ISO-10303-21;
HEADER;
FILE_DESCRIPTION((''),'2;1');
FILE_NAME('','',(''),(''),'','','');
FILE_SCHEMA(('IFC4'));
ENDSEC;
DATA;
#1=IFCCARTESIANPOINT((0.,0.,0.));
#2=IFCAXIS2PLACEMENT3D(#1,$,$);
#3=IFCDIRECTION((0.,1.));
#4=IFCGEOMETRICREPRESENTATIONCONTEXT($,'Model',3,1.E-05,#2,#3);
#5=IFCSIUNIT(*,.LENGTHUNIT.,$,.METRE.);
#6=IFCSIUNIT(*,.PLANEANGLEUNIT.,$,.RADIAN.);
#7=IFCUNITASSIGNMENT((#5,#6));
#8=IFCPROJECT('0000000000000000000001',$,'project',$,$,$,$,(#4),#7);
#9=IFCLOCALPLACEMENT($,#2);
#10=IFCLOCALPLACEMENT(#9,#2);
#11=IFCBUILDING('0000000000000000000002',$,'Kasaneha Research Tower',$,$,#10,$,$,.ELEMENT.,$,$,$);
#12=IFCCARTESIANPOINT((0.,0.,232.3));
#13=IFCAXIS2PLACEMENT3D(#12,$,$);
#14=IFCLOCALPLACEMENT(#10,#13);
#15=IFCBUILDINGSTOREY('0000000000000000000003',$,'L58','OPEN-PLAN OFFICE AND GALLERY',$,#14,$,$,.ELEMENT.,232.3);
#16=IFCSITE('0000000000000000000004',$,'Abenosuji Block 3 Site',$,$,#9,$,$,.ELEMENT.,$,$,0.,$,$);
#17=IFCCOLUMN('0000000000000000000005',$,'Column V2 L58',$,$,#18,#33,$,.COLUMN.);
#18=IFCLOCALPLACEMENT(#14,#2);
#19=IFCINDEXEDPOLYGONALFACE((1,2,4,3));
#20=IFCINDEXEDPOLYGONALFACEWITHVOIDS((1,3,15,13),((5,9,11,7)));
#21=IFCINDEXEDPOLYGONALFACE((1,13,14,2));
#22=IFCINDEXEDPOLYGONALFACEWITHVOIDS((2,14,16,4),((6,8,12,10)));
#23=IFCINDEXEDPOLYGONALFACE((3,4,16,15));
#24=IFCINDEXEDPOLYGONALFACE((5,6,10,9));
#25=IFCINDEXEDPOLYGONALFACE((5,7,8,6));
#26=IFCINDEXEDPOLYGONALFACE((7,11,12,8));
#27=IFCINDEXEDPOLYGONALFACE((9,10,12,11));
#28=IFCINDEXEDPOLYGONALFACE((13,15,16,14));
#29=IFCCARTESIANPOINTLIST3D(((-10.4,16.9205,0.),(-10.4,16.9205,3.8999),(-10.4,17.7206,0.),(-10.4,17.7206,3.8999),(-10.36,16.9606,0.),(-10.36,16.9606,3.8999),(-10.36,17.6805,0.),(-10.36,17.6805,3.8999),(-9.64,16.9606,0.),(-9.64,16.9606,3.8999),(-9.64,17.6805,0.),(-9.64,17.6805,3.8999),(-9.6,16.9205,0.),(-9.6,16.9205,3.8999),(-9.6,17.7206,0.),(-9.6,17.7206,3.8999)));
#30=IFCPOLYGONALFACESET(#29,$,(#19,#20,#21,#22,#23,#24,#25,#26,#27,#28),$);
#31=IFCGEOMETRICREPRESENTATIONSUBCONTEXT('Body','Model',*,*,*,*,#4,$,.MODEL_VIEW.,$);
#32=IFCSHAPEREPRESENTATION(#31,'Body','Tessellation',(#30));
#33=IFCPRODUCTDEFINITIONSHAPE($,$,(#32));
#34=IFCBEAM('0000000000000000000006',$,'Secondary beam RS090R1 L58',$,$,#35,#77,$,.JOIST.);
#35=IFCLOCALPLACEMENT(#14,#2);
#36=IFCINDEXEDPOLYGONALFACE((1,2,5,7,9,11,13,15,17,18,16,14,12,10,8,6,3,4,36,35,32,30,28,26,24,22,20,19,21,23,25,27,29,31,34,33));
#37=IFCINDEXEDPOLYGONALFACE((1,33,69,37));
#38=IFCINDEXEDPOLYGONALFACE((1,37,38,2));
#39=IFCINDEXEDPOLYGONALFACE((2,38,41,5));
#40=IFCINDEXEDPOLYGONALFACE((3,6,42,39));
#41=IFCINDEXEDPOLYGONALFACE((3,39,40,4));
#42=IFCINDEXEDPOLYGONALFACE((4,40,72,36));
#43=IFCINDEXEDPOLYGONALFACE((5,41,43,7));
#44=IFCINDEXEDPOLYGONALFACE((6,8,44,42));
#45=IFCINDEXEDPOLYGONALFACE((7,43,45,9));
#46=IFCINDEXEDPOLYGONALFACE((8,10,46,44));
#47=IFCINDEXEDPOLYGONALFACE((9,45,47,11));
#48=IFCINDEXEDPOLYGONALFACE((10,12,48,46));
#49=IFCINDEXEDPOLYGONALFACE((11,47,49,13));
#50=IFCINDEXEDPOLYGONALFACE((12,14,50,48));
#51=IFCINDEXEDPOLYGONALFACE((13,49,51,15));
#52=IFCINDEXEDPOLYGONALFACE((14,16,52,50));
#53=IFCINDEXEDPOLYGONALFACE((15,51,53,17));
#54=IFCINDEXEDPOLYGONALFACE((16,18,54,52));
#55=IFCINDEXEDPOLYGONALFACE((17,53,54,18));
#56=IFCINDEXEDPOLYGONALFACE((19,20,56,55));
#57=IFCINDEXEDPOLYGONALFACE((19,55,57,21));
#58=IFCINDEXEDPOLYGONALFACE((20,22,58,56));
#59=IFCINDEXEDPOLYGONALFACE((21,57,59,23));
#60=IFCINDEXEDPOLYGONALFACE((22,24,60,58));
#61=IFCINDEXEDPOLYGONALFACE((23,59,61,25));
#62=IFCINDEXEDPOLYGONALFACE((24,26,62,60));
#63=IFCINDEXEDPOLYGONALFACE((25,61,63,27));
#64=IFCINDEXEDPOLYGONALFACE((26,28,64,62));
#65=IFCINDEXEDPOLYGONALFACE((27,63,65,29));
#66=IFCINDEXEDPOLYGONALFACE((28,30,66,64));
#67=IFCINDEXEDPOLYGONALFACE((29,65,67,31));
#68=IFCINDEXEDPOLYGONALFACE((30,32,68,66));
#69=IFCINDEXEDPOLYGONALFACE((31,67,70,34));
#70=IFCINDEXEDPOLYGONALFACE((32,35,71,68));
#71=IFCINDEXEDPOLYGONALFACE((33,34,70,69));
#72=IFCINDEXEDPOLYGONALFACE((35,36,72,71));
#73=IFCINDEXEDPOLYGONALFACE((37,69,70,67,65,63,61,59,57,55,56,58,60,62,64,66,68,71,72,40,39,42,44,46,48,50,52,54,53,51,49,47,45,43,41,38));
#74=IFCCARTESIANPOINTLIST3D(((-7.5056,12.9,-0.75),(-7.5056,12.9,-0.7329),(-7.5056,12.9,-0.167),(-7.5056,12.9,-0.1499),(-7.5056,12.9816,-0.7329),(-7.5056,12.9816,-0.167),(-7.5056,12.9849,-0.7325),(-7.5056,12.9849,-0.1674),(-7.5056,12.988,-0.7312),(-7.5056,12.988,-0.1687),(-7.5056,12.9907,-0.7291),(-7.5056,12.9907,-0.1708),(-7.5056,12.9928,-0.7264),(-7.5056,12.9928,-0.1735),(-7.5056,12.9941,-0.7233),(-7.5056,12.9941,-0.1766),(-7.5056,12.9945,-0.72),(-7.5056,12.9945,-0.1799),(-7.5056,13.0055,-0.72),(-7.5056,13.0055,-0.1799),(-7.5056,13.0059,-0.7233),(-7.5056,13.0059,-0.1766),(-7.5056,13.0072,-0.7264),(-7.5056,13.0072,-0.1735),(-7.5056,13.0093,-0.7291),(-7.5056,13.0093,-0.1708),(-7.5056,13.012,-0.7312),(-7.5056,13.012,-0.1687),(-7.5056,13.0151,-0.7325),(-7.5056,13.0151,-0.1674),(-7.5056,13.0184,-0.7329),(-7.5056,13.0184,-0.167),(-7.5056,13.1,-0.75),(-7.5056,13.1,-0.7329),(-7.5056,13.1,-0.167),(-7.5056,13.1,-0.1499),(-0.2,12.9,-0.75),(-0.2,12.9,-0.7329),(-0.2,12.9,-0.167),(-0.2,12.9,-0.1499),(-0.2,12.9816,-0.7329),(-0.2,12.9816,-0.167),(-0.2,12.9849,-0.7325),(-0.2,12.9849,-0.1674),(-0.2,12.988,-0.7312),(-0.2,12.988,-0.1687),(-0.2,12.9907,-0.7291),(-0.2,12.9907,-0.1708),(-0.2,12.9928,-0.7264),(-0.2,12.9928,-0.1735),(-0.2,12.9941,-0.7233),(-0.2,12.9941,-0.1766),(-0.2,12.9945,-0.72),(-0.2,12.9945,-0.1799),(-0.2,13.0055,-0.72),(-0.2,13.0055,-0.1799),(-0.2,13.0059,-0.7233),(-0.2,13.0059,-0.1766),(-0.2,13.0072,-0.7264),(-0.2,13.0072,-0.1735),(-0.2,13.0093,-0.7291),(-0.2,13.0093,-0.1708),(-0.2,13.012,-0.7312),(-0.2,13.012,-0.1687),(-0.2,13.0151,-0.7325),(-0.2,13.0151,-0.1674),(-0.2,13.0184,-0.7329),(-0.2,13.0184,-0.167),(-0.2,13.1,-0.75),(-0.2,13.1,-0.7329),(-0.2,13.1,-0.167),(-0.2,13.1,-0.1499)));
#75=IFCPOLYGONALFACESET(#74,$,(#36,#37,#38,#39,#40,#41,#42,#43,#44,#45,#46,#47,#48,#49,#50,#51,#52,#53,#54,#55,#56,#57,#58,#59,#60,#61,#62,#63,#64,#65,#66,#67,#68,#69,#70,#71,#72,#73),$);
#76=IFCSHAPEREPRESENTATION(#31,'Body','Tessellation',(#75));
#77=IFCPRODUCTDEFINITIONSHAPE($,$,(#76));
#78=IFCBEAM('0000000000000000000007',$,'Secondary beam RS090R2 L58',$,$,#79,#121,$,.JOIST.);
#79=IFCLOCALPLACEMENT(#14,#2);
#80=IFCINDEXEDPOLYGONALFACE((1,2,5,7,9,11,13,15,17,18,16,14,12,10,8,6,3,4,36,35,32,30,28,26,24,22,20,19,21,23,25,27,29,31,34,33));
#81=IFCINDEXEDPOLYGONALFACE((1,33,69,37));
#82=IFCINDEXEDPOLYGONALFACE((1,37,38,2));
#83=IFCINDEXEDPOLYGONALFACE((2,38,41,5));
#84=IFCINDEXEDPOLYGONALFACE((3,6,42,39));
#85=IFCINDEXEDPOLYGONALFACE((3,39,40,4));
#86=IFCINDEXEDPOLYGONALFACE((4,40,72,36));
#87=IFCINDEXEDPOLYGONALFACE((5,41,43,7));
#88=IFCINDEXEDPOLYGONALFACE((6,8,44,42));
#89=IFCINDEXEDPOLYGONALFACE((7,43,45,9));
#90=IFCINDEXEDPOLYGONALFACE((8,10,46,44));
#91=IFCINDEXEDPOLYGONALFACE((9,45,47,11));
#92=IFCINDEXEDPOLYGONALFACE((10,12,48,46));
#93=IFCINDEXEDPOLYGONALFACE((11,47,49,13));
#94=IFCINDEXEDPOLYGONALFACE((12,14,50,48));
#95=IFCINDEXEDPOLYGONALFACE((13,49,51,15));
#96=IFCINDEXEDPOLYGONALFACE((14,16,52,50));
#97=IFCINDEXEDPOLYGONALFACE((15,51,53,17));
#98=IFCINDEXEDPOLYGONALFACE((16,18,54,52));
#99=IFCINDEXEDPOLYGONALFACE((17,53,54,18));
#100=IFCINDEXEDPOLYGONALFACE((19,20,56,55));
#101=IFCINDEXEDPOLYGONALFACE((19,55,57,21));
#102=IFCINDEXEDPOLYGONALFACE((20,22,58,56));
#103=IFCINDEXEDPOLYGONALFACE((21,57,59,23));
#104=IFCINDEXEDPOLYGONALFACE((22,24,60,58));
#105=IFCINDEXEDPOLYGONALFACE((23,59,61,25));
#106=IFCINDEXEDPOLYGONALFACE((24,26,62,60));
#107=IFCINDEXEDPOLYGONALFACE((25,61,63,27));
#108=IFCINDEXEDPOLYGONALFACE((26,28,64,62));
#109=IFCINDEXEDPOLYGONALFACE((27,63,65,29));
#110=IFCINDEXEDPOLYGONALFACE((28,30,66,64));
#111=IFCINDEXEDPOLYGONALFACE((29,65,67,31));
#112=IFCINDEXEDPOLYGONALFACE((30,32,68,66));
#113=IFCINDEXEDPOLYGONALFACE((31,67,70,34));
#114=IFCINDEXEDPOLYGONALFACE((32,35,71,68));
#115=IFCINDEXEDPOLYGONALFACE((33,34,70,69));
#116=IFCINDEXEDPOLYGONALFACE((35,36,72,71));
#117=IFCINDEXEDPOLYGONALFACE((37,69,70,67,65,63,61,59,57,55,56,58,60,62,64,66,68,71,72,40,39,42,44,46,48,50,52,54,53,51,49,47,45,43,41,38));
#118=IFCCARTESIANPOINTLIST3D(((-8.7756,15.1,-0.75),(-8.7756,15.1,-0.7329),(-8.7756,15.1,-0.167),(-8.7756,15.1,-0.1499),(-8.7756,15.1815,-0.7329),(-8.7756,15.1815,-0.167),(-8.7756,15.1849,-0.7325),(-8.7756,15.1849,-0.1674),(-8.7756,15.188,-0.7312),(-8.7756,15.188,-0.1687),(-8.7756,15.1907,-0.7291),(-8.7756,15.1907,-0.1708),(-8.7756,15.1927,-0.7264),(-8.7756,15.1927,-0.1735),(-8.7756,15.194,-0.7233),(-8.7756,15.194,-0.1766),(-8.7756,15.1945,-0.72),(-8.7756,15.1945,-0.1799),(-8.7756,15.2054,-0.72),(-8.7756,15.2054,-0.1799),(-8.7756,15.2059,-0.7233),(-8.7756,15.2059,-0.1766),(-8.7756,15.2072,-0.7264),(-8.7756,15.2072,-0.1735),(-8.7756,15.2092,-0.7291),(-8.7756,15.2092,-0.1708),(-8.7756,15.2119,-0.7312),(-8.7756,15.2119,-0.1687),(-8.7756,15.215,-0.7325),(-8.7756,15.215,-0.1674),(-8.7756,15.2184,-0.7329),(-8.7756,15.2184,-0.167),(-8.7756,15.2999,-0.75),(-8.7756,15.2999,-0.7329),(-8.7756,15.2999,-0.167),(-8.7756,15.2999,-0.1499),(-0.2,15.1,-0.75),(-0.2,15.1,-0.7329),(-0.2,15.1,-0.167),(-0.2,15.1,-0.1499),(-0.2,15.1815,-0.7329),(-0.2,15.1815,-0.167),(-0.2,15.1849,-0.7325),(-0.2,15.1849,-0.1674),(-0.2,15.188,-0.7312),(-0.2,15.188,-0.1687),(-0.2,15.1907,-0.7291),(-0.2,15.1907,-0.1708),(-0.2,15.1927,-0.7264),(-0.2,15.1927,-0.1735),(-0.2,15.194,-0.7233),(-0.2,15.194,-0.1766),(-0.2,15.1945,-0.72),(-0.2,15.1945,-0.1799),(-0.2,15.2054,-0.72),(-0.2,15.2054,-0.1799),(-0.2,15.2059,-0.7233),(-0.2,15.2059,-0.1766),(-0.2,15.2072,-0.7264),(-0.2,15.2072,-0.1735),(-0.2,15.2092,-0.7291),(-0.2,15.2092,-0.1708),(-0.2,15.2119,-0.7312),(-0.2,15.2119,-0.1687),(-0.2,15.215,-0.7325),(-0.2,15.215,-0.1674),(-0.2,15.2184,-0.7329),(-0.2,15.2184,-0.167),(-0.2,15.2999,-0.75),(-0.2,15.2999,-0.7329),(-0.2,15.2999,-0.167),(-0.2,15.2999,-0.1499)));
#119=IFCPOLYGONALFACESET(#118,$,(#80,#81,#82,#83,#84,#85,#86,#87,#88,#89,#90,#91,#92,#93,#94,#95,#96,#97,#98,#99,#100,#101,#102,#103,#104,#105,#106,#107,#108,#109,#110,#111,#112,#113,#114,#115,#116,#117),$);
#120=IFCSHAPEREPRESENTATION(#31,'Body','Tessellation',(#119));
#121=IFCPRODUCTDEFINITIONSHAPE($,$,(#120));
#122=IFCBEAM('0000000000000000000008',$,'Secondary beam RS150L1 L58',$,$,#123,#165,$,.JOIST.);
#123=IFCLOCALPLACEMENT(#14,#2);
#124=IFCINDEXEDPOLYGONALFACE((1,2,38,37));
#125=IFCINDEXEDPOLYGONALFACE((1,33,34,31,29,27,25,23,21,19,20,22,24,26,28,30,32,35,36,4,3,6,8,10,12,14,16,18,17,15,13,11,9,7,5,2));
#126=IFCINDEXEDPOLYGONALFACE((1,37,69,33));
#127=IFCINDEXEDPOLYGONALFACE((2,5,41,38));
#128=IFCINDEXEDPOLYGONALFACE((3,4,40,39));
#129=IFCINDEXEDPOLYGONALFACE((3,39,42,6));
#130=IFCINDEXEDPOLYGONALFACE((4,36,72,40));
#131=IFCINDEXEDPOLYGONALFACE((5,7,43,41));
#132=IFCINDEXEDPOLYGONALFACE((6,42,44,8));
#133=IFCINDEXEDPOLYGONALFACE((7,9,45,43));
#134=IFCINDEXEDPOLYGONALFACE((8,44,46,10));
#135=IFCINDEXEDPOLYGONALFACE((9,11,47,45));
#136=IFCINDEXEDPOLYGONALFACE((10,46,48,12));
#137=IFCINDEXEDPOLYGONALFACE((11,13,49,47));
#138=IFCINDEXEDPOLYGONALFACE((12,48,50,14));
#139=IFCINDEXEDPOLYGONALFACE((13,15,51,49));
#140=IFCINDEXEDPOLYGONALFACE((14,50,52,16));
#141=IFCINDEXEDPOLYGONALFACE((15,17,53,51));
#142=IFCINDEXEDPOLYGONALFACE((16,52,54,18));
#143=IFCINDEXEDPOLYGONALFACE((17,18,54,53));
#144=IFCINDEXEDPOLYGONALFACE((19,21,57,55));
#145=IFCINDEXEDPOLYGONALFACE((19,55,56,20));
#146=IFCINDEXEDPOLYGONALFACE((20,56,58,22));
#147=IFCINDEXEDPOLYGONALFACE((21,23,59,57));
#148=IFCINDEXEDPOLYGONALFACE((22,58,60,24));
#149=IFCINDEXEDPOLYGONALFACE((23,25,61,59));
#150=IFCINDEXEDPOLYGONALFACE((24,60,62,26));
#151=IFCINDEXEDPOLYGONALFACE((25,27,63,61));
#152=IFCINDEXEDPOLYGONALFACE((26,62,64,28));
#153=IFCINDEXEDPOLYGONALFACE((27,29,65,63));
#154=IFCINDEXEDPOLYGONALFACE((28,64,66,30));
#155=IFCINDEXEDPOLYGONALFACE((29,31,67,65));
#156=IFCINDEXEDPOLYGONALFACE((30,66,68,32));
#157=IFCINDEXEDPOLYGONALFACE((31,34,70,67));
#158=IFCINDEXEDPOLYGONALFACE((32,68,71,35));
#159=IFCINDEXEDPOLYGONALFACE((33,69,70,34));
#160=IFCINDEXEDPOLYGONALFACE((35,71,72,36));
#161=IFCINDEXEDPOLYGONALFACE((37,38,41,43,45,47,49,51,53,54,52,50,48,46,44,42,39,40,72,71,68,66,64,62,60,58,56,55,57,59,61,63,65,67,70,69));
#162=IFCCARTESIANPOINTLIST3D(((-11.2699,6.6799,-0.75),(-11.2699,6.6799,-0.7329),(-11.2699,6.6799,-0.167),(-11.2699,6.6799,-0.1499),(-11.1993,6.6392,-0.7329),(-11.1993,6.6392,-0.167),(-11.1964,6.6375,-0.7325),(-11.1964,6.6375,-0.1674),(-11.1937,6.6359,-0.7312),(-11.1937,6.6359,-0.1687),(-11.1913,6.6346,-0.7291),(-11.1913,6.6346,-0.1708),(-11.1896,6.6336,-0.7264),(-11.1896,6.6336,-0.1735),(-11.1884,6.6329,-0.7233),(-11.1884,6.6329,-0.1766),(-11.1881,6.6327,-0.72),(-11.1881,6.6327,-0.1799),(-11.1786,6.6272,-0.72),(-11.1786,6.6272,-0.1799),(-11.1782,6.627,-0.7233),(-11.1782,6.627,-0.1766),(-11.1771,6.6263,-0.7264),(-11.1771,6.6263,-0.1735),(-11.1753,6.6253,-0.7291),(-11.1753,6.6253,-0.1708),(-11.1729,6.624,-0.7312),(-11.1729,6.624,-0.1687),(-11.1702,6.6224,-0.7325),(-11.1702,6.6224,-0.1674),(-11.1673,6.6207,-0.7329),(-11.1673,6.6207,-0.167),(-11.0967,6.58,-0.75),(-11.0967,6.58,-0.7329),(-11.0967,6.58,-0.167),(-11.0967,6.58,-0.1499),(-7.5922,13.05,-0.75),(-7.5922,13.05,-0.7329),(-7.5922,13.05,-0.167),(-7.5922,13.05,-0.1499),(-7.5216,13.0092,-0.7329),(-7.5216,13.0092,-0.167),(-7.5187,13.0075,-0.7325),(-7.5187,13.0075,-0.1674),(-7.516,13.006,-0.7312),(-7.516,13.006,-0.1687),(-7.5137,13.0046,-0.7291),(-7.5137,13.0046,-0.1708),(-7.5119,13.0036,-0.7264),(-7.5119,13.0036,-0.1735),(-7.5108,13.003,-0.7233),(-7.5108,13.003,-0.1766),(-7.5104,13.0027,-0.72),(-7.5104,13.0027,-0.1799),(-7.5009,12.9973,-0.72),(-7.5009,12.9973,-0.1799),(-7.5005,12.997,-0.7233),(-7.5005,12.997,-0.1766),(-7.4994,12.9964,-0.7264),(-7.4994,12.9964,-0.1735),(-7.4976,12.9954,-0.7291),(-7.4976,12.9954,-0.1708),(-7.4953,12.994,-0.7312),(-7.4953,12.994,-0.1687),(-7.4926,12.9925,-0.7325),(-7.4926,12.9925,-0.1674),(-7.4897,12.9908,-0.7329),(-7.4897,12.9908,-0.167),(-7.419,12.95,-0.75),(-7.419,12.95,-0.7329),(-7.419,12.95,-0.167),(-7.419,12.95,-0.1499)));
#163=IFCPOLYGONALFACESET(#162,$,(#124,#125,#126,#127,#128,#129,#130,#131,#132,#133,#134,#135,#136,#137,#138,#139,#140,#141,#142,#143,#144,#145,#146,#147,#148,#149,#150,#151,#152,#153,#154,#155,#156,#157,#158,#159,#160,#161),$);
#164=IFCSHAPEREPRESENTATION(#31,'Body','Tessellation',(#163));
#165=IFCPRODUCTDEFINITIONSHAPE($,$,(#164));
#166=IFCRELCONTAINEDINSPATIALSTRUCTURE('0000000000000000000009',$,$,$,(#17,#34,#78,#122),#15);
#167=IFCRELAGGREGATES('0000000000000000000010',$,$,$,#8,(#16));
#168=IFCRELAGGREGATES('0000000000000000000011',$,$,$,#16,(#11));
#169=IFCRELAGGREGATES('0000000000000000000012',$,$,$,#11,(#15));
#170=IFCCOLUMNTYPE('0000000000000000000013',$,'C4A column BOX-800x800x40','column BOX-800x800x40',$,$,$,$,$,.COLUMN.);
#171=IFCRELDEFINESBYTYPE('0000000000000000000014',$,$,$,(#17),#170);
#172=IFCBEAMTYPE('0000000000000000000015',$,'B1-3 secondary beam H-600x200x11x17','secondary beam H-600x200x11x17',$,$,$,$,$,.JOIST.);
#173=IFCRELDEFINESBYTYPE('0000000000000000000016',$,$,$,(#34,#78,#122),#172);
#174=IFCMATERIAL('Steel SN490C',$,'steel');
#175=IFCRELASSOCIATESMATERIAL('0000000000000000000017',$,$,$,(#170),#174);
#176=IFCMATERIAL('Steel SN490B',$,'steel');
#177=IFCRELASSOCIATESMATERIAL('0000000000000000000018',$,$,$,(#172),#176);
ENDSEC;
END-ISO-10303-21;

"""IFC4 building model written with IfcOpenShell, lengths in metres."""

from ifc_helpers import new_model, si_unit, direction, frame, origin, origin_2d, place, context, subcontext, project, spatial, hollow_rectangle, i_section, extrude, material, material_profile, profile_set, type_object, element, save


model = new_model("IFC4")

# Units and contexts
model_context = context("Model", 3, precision=1e-05, world=origin(), true_north=direction((0.0, 1.0)))
body_context = subcontext(model_context, "Body", "Model", "MODEL_VIEW")
ifc_project = project(units=[si_unit("LENGTHUNIT", "METRE"), si_unit("PLANEANGLEUNIT", "RADIAN")], contexts=[model_context])

# Site, building, storey
site_placement = place(None, origin())
site = spatial("IfcSite", under=ifc_project, at=site_placement, Name="Abenosuji Block 3 Site", CompositionType="ELEMENT", RefElevation=0.0)
building_placement = place(site_placement, origin())
building = spatial("IfcBuilding", under=site, at=building_placement, Name="Kasaneha Research Tower", CompositionType="ELEMENT")
storey_placement = place(building_placement, frame((0.0, 0.0, 232.3)))
storey = spatial("IfcBuildingStorey", under=building, at=storey_placement, Name="L58", Description="OPEN-PLAN OFFICE AND GALLERY", CompositionType="ELEMENT", Elevation=232.3)

# Column
ifc_material_1 = material(Name="Steel SN490C", Category="steel")
ifc_material_profile_1 = material_profile(ifc_material_1, hollow_rectangle(XDim=0.8, YDim=0.8, WallThickness=0.04, at=origin_2d()), Name="BOX-800x800x40")
ifc_profile_set_1 = profile_set([ifc_material_profile_1], Name="Steel SN490C")
column_type = type_object("IfcColumnType", Name="C4A column BOX-800x800x40", Description="column BOX-800x800x40", PredefinedType="COLUMN", material=ifc_profile_set_1)
column_placement = place(storey_placement, frame((-10.0, 17.3206, 0.0), z_axis=(0.0, 0.0, 1.0), x_axis=(1.0, 0.0, 0.0)))
element("IfcColumn", 1, at=column_placement, inside=storey, type_object=column_type, Name="Column V2 L58", PredefinedType="COLUMN", context=body_context, shape_type="SweptSolid", body=[
    extrude(hollow_rectangle(XDim=0.8, YDim=0.8, WallThickness=0.04, at=origin_2d()), origin(), (0.0, 0.0, 1.0), 3.8999),
])

# Beams
ifc_material_2 = material(Name="Steel SN490B", Category="steel")
ifc_material_profile_2 = material_profile(ifc_material_2, i_section(OverallWidth=0.2, OverallDepth=0.6001, WebThickness=0.011, FlangeThickness=0.0171, FilletRadius=0.0129, at=origin_2d()), Name="H-600x200x11x17")
ifc_profile_set_2 = profile_set([ifc_material_profile_2], Name="Steel SN490B")
beam_type_1 = type_object("IfcBeamType", Name="B1-3 secondary beam H-600x200x11x17", Description="secondary beam H-600x200x11x17", PredefinedType="JOIST", material=ifc_profile_set_2)
beam_1_placement = place(storey_placement, frame((-7.5056, 13.0, -0.45), z_axis=(1.0, 0.0, 0.0), x_axis=(0.0, 1.0, 0.0)))
element("IfcBeam", 2, at=beam_1_placement, inside=storey, type_object=beam_type_1, Name="Secondary beam RS090R1 L58", PredefinedType="JOIST", context=body_context, shape_type="SweptSolid", body=[
    extrude(i_section(OverallWidth=0.2, OverallDepth=0.6001, WebThickness=0.011, FlangeThickness=0.0171, FilletRadius=0.0129, at=origin_2d()), origin(), (0.0, 0.0, 1.0), 7.3057),
])
beam_2_placement = place(storey_placement, frame((-8.7756, 15.2, -0.45), z_axis=(1.0, 0.0, 0.0), x_axis=(0.0, 1.0, 0.0)))
element("IfcBeam", 3, at=beam_2_placement, inside=storey, type_object=beam_type_1, Name="Secondary beam RS090R2 L58", PredefinedType="JOIST", context=body_context, shape_type="SweptSolid", body=[
    extrude(i_section(OverallWidth=0.2, OverallDepth=0.6001, WebThickness=0.011, FlangeThickness=0.0171, FilletRadius=0.0129, at=origin_2d()), origin(), (0.0, 0.0, 1.0), 8.5757),
])
beam_3_placement = place(storey_placement, frame((-7.5056, 13.0, -0.45), z_axis=(-0.499994, -0.866029, 0.0), x_axis=(0.866029, -0.499994, 0.0)))
element("IfcBeam", 4, at=beam_3_placement, inside=storey, type_object=beam_type_1, Name="Secondary beam RS150L1 L58", PredefinedType="JOIST", context=body_context, shape_type="SweptSolid", body=[
    extrude(i_section(OverallWidth=0.2, OverallDepth=0.6001, WebThickness=0.011, FlangeThickness=0.0171, FilletRadius=0.0129, at=origin_2d()), origin(), (0.0, 0.0, 1.0), 7.3555),
])

save(model, "model.ifc")
